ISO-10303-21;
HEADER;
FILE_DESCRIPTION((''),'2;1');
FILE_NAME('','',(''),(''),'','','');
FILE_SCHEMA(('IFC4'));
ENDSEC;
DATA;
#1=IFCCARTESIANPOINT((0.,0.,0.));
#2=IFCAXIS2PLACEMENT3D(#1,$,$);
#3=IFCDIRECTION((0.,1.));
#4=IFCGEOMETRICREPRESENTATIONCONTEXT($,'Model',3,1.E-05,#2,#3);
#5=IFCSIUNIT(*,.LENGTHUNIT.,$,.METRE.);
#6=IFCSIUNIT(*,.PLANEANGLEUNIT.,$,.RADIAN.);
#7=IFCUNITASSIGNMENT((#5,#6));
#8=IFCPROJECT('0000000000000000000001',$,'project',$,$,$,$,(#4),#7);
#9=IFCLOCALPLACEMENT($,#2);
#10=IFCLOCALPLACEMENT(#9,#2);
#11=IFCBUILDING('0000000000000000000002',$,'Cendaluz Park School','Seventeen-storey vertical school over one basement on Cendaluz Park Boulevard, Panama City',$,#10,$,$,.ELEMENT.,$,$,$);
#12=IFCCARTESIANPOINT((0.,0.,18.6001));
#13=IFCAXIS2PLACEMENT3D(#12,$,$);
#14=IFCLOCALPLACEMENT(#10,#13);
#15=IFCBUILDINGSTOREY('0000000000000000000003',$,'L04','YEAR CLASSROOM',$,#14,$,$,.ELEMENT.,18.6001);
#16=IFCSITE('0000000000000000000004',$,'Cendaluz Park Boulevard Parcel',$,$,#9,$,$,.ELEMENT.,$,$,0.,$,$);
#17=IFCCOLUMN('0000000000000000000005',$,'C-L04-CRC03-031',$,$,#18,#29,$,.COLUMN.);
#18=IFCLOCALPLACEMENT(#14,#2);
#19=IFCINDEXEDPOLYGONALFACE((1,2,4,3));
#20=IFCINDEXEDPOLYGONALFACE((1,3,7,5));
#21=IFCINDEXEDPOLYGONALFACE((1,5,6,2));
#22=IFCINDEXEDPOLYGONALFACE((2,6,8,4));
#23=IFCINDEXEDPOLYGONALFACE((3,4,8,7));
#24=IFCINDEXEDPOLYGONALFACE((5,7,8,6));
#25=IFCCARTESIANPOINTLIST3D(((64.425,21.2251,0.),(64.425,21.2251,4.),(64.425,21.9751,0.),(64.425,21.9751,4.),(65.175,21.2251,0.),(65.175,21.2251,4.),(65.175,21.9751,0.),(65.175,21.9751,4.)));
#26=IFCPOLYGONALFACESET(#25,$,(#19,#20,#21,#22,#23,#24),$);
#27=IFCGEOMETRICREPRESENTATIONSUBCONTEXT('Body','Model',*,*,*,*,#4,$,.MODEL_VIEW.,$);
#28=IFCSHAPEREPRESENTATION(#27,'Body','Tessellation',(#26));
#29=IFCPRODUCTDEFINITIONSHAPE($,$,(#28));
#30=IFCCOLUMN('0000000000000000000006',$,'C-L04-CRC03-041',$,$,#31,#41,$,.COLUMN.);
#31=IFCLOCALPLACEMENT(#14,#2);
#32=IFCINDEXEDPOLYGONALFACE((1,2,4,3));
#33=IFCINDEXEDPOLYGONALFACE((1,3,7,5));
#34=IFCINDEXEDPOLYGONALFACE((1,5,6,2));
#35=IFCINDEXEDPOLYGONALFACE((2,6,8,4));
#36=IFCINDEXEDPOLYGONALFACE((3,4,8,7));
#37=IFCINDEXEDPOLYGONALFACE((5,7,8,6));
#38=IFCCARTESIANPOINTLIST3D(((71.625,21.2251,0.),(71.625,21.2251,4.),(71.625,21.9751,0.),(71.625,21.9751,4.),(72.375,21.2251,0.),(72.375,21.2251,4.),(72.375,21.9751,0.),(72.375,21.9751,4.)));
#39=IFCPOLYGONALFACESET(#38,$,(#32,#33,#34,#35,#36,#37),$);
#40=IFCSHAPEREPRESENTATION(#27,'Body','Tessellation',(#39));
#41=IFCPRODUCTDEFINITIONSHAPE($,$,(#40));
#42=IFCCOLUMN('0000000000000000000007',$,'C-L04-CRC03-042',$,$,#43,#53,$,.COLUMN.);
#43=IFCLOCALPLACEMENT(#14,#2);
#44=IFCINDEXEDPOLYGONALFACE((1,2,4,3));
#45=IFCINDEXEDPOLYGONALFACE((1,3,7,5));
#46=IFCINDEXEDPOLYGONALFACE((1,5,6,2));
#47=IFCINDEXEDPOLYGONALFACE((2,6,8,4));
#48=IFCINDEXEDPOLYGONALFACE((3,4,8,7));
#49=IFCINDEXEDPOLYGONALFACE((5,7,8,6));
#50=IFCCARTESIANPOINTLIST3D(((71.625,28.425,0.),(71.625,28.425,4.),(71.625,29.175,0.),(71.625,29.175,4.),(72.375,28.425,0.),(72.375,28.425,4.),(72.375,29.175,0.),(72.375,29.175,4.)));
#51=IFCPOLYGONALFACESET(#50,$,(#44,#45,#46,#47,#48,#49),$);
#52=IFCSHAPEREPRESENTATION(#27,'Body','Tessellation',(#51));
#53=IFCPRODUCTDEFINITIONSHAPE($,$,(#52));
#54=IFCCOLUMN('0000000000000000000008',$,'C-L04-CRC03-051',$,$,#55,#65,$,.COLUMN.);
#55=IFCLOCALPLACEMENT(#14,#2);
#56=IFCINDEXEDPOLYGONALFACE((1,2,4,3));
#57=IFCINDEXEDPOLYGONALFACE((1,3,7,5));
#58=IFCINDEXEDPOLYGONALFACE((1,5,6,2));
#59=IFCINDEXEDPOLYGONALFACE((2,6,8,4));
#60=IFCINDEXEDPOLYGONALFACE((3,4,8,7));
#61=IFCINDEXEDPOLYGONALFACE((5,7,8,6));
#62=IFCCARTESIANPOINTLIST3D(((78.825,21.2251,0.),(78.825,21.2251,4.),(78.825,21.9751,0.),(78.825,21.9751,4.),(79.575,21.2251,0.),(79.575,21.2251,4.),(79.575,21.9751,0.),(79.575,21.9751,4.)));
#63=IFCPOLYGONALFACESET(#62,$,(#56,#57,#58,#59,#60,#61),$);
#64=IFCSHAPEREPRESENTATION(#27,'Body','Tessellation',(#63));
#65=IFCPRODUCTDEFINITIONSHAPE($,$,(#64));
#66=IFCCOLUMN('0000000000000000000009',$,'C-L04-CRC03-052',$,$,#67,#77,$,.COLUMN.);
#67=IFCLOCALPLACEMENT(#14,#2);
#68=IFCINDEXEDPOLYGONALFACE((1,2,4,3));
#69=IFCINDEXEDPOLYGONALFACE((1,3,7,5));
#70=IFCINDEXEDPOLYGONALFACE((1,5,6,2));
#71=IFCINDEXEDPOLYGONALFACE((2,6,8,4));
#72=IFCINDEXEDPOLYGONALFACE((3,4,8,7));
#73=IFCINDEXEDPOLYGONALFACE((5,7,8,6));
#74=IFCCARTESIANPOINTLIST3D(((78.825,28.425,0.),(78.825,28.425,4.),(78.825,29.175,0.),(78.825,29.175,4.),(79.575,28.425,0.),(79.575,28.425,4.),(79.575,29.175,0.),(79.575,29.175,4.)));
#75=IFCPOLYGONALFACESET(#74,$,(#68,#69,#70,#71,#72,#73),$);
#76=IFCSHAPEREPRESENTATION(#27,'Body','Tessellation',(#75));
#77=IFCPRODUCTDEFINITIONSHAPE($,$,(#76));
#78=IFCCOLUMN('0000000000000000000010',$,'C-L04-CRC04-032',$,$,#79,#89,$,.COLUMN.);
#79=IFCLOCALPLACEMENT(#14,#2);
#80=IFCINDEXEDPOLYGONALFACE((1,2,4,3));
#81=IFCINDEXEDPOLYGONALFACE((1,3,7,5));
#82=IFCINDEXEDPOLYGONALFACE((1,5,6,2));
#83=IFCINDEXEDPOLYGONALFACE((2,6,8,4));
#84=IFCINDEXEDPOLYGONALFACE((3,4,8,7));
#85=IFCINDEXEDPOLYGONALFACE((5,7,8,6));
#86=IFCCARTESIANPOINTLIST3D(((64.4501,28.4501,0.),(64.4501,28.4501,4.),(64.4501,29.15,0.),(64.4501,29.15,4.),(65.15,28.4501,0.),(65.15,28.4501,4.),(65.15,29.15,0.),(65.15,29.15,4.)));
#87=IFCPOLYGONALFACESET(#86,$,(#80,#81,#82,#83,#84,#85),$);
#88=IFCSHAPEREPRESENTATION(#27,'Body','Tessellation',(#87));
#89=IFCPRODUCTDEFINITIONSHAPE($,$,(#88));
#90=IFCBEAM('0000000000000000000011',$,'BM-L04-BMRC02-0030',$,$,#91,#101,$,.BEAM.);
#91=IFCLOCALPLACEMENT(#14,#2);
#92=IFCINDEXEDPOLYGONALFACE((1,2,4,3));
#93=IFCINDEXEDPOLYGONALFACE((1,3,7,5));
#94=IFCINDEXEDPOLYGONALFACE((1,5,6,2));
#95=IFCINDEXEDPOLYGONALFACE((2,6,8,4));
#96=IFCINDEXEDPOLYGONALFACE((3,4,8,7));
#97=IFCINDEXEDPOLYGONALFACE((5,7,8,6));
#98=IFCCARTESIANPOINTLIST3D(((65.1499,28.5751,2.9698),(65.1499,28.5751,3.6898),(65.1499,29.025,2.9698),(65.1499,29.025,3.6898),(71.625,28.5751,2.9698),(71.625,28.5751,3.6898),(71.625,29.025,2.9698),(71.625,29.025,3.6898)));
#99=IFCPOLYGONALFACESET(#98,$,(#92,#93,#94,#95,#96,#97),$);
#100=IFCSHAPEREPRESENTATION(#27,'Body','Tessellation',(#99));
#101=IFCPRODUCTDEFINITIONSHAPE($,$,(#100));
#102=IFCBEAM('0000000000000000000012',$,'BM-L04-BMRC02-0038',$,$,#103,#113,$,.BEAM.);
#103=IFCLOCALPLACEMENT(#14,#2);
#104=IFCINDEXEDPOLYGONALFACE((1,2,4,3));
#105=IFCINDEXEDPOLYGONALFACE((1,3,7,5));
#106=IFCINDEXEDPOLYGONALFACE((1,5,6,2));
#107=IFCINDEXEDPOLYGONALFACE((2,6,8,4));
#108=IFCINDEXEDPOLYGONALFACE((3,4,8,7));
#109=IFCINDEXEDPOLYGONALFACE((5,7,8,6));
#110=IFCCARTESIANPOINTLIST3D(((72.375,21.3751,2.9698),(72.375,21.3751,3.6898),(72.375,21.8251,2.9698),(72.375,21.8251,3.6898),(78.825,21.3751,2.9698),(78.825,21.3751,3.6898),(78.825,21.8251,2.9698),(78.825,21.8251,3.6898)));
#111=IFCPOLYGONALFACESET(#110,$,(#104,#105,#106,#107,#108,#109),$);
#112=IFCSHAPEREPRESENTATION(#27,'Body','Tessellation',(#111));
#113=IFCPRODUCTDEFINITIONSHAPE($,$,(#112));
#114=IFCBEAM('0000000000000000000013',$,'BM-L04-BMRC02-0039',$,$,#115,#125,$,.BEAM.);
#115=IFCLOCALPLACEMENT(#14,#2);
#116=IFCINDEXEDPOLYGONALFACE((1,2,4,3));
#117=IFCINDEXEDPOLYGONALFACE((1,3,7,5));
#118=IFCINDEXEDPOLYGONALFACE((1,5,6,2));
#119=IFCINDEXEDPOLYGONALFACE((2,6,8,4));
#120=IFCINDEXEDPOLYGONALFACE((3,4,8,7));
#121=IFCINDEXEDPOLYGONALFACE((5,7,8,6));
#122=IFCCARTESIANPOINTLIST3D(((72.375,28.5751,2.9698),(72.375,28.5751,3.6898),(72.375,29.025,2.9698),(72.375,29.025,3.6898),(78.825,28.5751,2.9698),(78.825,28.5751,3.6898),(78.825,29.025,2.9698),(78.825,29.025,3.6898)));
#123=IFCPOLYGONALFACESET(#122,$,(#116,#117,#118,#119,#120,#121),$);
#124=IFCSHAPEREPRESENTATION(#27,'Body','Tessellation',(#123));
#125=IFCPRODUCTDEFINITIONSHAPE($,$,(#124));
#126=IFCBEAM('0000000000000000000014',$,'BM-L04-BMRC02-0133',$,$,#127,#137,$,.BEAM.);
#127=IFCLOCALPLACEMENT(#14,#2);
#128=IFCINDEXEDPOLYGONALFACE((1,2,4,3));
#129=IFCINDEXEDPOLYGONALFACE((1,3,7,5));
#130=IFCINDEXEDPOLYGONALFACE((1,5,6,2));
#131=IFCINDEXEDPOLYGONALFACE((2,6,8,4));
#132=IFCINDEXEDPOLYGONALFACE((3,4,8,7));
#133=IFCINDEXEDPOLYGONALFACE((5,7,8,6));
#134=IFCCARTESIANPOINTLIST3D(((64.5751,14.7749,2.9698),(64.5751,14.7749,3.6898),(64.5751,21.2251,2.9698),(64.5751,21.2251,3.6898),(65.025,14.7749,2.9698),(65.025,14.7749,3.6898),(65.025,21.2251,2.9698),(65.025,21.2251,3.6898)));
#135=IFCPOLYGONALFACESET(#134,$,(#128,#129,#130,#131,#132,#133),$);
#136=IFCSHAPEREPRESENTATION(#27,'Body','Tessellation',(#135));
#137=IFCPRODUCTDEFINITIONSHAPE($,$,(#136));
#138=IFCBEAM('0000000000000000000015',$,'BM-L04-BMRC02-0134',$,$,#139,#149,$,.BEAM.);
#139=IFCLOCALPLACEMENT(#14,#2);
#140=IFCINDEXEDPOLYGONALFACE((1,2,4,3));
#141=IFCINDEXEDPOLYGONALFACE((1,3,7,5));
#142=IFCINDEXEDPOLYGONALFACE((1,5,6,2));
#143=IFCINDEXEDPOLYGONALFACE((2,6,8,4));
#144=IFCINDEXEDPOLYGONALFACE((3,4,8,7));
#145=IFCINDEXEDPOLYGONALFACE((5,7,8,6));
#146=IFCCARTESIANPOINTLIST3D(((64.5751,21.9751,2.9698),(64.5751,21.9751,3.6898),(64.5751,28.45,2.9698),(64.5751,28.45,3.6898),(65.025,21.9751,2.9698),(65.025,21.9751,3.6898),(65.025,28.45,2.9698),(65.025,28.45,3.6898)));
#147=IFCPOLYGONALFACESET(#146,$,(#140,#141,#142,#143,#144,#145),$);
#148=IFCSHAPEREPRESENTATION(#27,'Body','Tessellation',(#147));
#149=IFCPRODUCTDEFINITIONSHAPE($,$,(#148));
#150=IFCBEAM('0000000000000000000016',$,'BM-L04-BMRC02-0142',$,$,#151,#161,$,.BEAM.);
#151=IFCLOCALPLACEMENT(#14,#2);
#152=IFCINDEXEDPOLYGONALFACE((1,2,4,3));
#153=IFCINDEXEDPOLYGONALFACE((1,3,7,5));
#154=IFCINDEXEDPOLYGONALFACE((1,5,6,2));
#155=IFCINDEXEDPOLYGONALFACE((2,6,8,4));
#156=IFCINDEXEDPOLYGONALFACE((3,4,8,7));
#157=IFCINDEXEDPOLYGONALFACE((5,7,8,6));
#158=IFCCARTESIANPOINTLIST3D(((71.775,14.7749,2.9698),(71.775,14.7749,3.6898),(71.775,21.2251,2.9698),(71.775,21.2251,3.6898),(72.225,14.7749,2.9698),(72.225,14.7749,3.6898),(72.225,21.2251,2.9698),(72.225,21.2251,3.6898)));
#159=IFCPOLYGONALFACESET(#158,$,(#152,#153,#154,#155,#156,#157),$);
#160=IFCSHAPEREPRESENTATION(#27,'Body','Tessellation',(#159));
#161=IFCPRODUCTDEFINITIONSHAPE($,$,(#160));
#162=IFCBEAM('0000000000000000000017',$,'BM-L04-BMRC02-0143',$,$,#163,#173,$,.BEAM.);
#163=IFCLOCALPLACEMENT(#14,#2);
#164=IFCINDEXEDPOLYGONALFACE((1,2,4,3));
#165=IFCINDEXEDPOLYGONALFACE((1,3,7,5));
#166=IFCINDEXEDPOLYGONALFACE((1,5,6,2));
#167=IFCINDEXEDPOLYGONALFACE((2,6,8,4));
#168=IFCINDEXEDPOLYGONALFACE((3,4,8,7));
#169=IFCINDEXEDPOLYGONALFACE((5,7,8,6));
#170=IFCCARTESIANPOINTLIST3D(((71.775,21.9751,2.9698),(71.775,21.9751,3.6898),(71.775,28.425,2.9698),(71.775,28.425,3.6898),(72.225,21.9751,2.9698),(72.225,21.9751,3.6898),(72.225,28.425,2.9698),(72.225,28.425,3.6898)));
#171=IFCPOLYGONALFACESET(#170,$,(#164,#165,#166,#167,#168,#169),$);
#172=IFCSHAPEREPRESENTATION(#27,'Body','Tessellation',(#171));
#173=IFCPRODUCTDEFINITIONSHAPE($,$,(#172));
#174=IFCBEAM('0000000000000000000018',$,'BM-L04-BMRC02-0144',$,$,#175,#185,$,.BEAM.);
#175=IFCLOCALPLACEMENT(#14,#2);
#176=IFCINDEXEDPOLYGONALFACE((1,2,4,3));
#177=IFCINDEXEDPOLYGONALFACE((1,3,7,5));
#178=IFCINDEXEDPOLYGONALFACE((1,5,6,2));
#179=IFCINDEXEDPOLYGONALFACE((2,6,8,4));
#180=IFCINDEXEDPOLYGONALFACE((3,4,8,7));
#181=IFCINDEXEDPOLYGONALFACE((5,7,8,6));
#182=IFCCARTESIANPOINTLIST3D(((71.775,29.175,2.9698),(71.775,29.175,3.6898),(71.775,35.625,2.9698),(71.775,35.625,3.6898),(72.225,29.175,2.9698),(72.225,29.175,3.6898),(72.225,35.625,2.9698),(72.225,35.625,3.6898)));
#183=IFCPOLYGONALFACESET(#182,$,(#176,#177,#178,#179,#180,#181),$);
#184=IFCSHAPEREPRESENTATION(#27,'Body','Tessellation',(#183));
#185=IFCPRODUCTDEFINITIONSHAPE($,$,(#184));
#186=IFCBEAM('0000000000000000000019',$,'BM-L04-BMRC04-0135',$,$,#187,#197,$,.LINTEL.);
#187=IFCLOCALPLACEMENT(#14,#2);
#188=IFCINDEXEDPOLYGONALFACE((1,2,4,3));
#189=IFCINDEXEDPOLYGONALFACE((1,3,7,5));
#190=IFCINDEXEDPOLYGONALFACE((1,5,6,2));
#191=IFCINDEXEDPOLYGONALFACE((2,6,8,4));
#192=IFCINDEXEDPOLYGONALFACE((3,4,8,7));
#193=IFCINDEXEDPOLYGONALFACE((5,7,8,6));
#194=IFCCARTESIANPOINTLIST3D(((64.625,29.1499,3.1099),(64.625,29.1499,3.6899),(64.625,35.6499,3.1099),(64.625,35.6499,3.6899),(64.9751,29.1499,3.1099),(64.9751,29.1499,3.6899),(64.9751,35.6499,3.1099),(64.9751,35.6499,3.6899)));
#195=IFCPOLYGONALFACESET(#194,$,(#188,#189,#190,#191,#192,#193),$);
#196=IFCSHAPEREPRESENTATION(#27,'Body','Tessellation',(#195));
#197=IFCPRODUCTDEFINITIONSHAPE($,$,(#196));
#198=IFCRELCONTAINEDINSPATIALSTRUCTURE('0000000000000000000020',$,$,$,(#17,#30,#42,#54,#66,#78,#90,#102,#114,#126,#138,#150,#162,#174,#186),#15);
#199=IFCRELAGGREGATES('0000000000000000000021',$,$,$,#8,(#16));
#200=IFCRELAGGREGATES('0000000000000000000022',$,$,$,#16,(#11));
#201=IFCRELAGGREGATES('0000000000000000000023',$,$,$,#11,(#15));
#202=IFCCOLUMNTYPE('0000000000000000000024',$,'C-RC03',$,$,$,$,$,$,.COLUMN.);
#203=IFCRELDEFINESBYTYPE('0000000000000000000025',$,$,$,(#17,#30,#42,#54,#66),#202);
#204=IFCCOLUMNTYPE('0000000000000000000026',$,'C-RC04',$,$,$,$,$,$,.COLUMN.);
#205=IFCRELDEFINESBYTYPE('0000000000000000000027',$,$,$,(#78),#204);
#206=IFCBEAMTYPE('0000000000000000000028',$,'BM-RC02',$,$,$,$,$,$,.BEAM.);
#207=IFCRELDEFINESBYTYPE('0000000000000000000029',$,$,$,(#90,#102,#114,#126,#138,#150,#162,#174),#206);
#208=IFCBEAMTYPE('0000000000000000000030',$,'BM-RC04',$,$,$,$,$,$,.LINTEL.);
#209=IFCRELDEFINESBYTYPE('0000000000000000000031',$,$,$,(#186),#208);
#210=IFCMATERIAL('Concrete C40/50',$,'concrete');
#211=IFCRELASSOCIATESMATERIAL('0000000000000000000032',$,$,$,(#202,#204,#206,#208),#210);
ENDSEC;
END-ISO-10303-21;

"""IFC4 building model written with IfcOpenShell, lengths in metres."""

from ifc_helpers import new_model, si_unit, direction, frame, origin, origin_2d, place, context, subcontext, project, spatial, rectangle, extrude, material, material_profile, profile_set, type_object, element, save


model = new_model("IFC4")

# Units and contexts
model_context = context("Model", 3, precision=1e-05, world=origin(), true_north=direction((0.0, 1.0)))
body_context = subcontext(model_context, "Body", "Model", "MODEL_VIEW")
ifc_project = project(units=[si_unit("LENGTHUNIT", "METRE"), si_unit("PLANEANGLEUNIT", "RADIAN")], contexts=[model_context])

# Site, building, storey
site_placement = place(None, origin())
site = spatial("IfcSite", under=ifc_project, at=site_placement, Name="Cendaluz Park Boulevard Parcel", CompositionType="ELEMENT", RefElevation=0.0)
building_placement = place(site_placement, origin())
building = spatial("IfcBuilding", under=site, at=building_placement, Name="Cendaluz Park School", Description="Seventeen-storey vertical school over one basement on Cendaluz Park Boulevard, Panama City", CompositionType="ELEMENT")
storey_placement = place(building_placement, frame((0.0, 0.0, 18.6001)))
storey = spatial("IfcBuildingStorey", under=building, at=storey_placement, Name="L04", Description="YEAR CLASSROOM", CompositionType="ELEMENT", Elevation=18.6001)

# Columns
ifc_material_1 = material(Name="Concrete C40/50", Category="concrete")
ifc_material_profile_1 = material_profile(ifc_material_1, rectangle(XDim=0.75, YDim=0.75, at=origin_2d()), Name="RC 750x750", Category="concrete")
ifc_profile_set_1 = profile_set([ifc_material_profile_1], Name="Concrete C40/50")
column_type_1 = type_object("IfcColumnType", Name="C-RC03", PredefinedType="COLUMN", material=ifc_profile_set_1)
for number, where, z_axis, x_axis, name in (
    (1, (64.8, 21.6001, 0.0), (0.0, 0.0, 1.0), (1.0, 0.0, 0.0), "C-L04-CRC03-031"),
    (2, (72.0, 21.6001, 0.0), (0.0, 0.0, 1.0), (1.0, 0.0, 0.0), "C-L04-CRC03-041"),
    (3, (72.0, 28.8, 0.0), (0.0, 0.0, 1.0), (1.0, 0.0, 0.0), "C-L04-CRC03-042"),
    (4, (79.2, 21.6001, 0.0), (0.0, 0.0, 1.0), (1.0, 0.0, 0.0), "C-L04-CRC03-051"),
    (5, (79.2, 28.8, 0.0), (0.0, 0.0, 1.0), (1.0, 0.0, 0.0), "C-L04-CRC03-052"),
):
    element("IfcColumn", number, at=place(storey_placement, frame(where, z_axis=z_axis, x_axis=x_axis)), inside=storey, type_object=column_type_1, Name=name, PredefinedType="COLUMN", context=body_context, shape_type="SweptSolid", body=[
        extrude(rectangle(XDim=0.75, YDim=0.75, at=origin_2d()), origin(), (0.0, 0.0, 1.0), 4.0),
    ])
ifc_material_profile_2 = material_profile(ifc_material_1, rectangle(XDim=0.7, YDim=0.7, at=origin_2d()), Name="RC 700x700", Category="concrete")
ifc_profile_set_2 = profile_set([ifc_material_profile_2], Name="Concrete C40/50")
column_type_2 = type_object("IfcColumnType", Name="C-RC04", PredefinedType="COLUMN", material=ifc_profile_set_2)
column_placement = place(storey_placement, frame((64.8, 28.8, 0.0), z_axis=(0.0, 0.0, 1.0), x_axis=(1.0, 0.0, 0.0)))
element("IfcColumn", 6, at=column_placement, inside=storey, type_object=column_type_2, Name="C-L04-CRC04-032", PredefinedType="COLUMN", context=body_context, shape_type="SweptSolid", body=[
    extrude(rectangle(XDim=0.7, YDim=0.7, at=origin_2d()), origin(), (0.0, 0.0, 1.0), 4.0),
])

# Beams
ifc_material_profile_3 = material_profile(ifc_material_1, rectangle(XDim=0.45, YDim=0.72, at=origin_2d()), Name="RC 450x720", Category="concrete")
ifc_profile_set_3 = profile_set([ifc_material_profile_3], Name="Concrete C40/50")
beam_type_1 = type_object("IfcBeamType", Name="BM-RC02", PredefinedType="BEAM", material=ifc_profile_set_3)
beam_1_placement = place(storey_placement, frame((65.1499, 28.8, 3.3298), z_axis=(1.0, 0.0, 0.0), x_axis=(0.0, 1.0, 0.0)))
element("IfcBeam", 7, at=beam_1_placement, inside=storey, type_object=beam_type_1, Name="BM-L04-BMRC02-0030", PredefinedType="BEAM", context=body_context, shape_type="SweptSolid", body=[
    extrude(rectangle(XDim=0.45, YDim=0.72, at=origin_2d()), origin(), (0.0, 0.0, 1.0), 6.4751),
])
for number, where, z_axis, x_axis, name in (
    (8, (72.375, 21.6001, 3.3298), (1.0, 0.0, 0.0), (0.0, 1.0, 0.0), "BM-L04-BMRC02-0038"),
    (9, (72.375, 28.8, 3.3298), (1.0, 0.0, 0.0), (0.0, 1.0, 0.0), "BM-L04-BMRC02-0039"),
):
    element("IfcBeam", number, at=place(storey_placement, frame(where, z_axis=z_axis, x_axis=x_axis)), inside=storey, type_object=beam_type_1, Name=name, PredefinedType="BEAM", context=body_context, shape_type="SweptSolid", body=[
        extrude(rectangle(XDim=0.45, YDim=0.72, at=origin_2d()), origin(), (0.0, 0.0, 1.0), 6.45),
    ])
beam_2_placement = place(storey_placement, frame((64.8, 14.7749, 3.3298), z_axis=(0.0, 1.0, 0.0), x_axis=(-1.0, 0.0, 0.0)))
element("IfcBeam", 10, at=beam_2_placement, inside=storey, type_object=beam_type_1, Name="BM-L04-BMRC02-0133", PredefinedType="BEAM", context=body_context, shape_type="SweptSolid", body=[
    extrude(rectangle(XDim=0.45, YDim=0.72, at=origin_2d()), origin(), (0.0, 0.0, 1.0), 6.4502),
])
beam_3_placement = place(storey_placement, frame((64.8, 21.9751, 3.3298), z_axis=(0.0, 1.0, 0.0), x_axis=(-1.0, 0.0, 0.0)))
element("IfcBeam", 11, at=beam_3_placement, inside=storey, type_object=beam_type_1, Name="BM-L04-BMRC02-0134", PredefinedType="BEAM", context=body_context, shape_type="SweptSolid", body=[
    extrude(rectangle(XDim=0.45, YDim=0.72, at=origin_2d()), origin(), (0.0, 0.0, 1.0), 6.4749),
])
beam_4_placement = place(storey_placement, frame((72.0, 14.7749, 3.3298), z_axis=(0.0, 1.0, 0.0), x_axis=(-1.0, 0.0, 0.0)))
element("IfcBeam", 12, at=beam_4_placement, inside=storey, type_object=beam_type_1, Name="BM-L04-BMRC02-0142", PredefinedType="BEAM", context=body_context, shape_type="SweptSolid", body=[
    extrude(rectangle(XDim=0.45, YDim=0.72, at=origin_2d()), origin(), (0.0, 0.0, 1.0), 6.4502),
])
for number, where, z_axis, x_axis, name in (
    (13, (72.0, 21.9751, 3.3298), (0.0, 1.0, 0.0), (-1.0, 0.0, 0.0), "BM-L04-BMRC02-0143"),
    (14, (72.0, 29.175, 3.3298), (0.0, 1.0, 0.0), (-1.0, 0.0, 0.0), "BM-L04-BMRC02-0144"),
):
    element("IfcBeam", number, at=place(storey_placement, frame(where, z_axis=z_axis, x_axis=x_axis)), inside=storey, type_object=beam_type_1, Name=name, PredefinedType="BEAM", context=body_context, shape_type="SweptSolid", body=[
        extrude(rectangle(XDim=0.45, YDim=0.72, at=origin_2d()), origin(), (0.0, 0.0, 1.0), 6.45),
    ])
ifc_material_profile_4 = material_profile(ifc_material_1, rectangle(XDim=0.3501, YDim=0.5801, at=origin_2d()), Name="RC 350x580", Category="concrete")
ifc_profile_set_4 = profile_set([ifc_material_profile_4], Name="Concrete C40/50")
beam_type_2 = type_object("IfcBeamType", Name="BM-RC04", PredefinedType="LINTEL", material=ifc_profile_set_4)
beam_5_placement = place(storey_placement, frame((64.8, 29.1499, 3.3999), z_axis=(0.0, 1.0, 0.0), x_axis=(-1.0, 0.0, 0.0)))
element("IfcBeam", 15, at=beam_5_placement, inside=storey, type_object=beam_type_2, Name="BM-L04-BMRC04-0135", PredefinedType="LINTEL", context=body_context, shape_type="SweptSolid", body=[
    extrude(rectangle(XDim=0.3501, YDim=0.5801, at=origin_2d()), origin(), (0.0, 0.0, 1.0), 6.5),
])

save(model, "model.ifc")
